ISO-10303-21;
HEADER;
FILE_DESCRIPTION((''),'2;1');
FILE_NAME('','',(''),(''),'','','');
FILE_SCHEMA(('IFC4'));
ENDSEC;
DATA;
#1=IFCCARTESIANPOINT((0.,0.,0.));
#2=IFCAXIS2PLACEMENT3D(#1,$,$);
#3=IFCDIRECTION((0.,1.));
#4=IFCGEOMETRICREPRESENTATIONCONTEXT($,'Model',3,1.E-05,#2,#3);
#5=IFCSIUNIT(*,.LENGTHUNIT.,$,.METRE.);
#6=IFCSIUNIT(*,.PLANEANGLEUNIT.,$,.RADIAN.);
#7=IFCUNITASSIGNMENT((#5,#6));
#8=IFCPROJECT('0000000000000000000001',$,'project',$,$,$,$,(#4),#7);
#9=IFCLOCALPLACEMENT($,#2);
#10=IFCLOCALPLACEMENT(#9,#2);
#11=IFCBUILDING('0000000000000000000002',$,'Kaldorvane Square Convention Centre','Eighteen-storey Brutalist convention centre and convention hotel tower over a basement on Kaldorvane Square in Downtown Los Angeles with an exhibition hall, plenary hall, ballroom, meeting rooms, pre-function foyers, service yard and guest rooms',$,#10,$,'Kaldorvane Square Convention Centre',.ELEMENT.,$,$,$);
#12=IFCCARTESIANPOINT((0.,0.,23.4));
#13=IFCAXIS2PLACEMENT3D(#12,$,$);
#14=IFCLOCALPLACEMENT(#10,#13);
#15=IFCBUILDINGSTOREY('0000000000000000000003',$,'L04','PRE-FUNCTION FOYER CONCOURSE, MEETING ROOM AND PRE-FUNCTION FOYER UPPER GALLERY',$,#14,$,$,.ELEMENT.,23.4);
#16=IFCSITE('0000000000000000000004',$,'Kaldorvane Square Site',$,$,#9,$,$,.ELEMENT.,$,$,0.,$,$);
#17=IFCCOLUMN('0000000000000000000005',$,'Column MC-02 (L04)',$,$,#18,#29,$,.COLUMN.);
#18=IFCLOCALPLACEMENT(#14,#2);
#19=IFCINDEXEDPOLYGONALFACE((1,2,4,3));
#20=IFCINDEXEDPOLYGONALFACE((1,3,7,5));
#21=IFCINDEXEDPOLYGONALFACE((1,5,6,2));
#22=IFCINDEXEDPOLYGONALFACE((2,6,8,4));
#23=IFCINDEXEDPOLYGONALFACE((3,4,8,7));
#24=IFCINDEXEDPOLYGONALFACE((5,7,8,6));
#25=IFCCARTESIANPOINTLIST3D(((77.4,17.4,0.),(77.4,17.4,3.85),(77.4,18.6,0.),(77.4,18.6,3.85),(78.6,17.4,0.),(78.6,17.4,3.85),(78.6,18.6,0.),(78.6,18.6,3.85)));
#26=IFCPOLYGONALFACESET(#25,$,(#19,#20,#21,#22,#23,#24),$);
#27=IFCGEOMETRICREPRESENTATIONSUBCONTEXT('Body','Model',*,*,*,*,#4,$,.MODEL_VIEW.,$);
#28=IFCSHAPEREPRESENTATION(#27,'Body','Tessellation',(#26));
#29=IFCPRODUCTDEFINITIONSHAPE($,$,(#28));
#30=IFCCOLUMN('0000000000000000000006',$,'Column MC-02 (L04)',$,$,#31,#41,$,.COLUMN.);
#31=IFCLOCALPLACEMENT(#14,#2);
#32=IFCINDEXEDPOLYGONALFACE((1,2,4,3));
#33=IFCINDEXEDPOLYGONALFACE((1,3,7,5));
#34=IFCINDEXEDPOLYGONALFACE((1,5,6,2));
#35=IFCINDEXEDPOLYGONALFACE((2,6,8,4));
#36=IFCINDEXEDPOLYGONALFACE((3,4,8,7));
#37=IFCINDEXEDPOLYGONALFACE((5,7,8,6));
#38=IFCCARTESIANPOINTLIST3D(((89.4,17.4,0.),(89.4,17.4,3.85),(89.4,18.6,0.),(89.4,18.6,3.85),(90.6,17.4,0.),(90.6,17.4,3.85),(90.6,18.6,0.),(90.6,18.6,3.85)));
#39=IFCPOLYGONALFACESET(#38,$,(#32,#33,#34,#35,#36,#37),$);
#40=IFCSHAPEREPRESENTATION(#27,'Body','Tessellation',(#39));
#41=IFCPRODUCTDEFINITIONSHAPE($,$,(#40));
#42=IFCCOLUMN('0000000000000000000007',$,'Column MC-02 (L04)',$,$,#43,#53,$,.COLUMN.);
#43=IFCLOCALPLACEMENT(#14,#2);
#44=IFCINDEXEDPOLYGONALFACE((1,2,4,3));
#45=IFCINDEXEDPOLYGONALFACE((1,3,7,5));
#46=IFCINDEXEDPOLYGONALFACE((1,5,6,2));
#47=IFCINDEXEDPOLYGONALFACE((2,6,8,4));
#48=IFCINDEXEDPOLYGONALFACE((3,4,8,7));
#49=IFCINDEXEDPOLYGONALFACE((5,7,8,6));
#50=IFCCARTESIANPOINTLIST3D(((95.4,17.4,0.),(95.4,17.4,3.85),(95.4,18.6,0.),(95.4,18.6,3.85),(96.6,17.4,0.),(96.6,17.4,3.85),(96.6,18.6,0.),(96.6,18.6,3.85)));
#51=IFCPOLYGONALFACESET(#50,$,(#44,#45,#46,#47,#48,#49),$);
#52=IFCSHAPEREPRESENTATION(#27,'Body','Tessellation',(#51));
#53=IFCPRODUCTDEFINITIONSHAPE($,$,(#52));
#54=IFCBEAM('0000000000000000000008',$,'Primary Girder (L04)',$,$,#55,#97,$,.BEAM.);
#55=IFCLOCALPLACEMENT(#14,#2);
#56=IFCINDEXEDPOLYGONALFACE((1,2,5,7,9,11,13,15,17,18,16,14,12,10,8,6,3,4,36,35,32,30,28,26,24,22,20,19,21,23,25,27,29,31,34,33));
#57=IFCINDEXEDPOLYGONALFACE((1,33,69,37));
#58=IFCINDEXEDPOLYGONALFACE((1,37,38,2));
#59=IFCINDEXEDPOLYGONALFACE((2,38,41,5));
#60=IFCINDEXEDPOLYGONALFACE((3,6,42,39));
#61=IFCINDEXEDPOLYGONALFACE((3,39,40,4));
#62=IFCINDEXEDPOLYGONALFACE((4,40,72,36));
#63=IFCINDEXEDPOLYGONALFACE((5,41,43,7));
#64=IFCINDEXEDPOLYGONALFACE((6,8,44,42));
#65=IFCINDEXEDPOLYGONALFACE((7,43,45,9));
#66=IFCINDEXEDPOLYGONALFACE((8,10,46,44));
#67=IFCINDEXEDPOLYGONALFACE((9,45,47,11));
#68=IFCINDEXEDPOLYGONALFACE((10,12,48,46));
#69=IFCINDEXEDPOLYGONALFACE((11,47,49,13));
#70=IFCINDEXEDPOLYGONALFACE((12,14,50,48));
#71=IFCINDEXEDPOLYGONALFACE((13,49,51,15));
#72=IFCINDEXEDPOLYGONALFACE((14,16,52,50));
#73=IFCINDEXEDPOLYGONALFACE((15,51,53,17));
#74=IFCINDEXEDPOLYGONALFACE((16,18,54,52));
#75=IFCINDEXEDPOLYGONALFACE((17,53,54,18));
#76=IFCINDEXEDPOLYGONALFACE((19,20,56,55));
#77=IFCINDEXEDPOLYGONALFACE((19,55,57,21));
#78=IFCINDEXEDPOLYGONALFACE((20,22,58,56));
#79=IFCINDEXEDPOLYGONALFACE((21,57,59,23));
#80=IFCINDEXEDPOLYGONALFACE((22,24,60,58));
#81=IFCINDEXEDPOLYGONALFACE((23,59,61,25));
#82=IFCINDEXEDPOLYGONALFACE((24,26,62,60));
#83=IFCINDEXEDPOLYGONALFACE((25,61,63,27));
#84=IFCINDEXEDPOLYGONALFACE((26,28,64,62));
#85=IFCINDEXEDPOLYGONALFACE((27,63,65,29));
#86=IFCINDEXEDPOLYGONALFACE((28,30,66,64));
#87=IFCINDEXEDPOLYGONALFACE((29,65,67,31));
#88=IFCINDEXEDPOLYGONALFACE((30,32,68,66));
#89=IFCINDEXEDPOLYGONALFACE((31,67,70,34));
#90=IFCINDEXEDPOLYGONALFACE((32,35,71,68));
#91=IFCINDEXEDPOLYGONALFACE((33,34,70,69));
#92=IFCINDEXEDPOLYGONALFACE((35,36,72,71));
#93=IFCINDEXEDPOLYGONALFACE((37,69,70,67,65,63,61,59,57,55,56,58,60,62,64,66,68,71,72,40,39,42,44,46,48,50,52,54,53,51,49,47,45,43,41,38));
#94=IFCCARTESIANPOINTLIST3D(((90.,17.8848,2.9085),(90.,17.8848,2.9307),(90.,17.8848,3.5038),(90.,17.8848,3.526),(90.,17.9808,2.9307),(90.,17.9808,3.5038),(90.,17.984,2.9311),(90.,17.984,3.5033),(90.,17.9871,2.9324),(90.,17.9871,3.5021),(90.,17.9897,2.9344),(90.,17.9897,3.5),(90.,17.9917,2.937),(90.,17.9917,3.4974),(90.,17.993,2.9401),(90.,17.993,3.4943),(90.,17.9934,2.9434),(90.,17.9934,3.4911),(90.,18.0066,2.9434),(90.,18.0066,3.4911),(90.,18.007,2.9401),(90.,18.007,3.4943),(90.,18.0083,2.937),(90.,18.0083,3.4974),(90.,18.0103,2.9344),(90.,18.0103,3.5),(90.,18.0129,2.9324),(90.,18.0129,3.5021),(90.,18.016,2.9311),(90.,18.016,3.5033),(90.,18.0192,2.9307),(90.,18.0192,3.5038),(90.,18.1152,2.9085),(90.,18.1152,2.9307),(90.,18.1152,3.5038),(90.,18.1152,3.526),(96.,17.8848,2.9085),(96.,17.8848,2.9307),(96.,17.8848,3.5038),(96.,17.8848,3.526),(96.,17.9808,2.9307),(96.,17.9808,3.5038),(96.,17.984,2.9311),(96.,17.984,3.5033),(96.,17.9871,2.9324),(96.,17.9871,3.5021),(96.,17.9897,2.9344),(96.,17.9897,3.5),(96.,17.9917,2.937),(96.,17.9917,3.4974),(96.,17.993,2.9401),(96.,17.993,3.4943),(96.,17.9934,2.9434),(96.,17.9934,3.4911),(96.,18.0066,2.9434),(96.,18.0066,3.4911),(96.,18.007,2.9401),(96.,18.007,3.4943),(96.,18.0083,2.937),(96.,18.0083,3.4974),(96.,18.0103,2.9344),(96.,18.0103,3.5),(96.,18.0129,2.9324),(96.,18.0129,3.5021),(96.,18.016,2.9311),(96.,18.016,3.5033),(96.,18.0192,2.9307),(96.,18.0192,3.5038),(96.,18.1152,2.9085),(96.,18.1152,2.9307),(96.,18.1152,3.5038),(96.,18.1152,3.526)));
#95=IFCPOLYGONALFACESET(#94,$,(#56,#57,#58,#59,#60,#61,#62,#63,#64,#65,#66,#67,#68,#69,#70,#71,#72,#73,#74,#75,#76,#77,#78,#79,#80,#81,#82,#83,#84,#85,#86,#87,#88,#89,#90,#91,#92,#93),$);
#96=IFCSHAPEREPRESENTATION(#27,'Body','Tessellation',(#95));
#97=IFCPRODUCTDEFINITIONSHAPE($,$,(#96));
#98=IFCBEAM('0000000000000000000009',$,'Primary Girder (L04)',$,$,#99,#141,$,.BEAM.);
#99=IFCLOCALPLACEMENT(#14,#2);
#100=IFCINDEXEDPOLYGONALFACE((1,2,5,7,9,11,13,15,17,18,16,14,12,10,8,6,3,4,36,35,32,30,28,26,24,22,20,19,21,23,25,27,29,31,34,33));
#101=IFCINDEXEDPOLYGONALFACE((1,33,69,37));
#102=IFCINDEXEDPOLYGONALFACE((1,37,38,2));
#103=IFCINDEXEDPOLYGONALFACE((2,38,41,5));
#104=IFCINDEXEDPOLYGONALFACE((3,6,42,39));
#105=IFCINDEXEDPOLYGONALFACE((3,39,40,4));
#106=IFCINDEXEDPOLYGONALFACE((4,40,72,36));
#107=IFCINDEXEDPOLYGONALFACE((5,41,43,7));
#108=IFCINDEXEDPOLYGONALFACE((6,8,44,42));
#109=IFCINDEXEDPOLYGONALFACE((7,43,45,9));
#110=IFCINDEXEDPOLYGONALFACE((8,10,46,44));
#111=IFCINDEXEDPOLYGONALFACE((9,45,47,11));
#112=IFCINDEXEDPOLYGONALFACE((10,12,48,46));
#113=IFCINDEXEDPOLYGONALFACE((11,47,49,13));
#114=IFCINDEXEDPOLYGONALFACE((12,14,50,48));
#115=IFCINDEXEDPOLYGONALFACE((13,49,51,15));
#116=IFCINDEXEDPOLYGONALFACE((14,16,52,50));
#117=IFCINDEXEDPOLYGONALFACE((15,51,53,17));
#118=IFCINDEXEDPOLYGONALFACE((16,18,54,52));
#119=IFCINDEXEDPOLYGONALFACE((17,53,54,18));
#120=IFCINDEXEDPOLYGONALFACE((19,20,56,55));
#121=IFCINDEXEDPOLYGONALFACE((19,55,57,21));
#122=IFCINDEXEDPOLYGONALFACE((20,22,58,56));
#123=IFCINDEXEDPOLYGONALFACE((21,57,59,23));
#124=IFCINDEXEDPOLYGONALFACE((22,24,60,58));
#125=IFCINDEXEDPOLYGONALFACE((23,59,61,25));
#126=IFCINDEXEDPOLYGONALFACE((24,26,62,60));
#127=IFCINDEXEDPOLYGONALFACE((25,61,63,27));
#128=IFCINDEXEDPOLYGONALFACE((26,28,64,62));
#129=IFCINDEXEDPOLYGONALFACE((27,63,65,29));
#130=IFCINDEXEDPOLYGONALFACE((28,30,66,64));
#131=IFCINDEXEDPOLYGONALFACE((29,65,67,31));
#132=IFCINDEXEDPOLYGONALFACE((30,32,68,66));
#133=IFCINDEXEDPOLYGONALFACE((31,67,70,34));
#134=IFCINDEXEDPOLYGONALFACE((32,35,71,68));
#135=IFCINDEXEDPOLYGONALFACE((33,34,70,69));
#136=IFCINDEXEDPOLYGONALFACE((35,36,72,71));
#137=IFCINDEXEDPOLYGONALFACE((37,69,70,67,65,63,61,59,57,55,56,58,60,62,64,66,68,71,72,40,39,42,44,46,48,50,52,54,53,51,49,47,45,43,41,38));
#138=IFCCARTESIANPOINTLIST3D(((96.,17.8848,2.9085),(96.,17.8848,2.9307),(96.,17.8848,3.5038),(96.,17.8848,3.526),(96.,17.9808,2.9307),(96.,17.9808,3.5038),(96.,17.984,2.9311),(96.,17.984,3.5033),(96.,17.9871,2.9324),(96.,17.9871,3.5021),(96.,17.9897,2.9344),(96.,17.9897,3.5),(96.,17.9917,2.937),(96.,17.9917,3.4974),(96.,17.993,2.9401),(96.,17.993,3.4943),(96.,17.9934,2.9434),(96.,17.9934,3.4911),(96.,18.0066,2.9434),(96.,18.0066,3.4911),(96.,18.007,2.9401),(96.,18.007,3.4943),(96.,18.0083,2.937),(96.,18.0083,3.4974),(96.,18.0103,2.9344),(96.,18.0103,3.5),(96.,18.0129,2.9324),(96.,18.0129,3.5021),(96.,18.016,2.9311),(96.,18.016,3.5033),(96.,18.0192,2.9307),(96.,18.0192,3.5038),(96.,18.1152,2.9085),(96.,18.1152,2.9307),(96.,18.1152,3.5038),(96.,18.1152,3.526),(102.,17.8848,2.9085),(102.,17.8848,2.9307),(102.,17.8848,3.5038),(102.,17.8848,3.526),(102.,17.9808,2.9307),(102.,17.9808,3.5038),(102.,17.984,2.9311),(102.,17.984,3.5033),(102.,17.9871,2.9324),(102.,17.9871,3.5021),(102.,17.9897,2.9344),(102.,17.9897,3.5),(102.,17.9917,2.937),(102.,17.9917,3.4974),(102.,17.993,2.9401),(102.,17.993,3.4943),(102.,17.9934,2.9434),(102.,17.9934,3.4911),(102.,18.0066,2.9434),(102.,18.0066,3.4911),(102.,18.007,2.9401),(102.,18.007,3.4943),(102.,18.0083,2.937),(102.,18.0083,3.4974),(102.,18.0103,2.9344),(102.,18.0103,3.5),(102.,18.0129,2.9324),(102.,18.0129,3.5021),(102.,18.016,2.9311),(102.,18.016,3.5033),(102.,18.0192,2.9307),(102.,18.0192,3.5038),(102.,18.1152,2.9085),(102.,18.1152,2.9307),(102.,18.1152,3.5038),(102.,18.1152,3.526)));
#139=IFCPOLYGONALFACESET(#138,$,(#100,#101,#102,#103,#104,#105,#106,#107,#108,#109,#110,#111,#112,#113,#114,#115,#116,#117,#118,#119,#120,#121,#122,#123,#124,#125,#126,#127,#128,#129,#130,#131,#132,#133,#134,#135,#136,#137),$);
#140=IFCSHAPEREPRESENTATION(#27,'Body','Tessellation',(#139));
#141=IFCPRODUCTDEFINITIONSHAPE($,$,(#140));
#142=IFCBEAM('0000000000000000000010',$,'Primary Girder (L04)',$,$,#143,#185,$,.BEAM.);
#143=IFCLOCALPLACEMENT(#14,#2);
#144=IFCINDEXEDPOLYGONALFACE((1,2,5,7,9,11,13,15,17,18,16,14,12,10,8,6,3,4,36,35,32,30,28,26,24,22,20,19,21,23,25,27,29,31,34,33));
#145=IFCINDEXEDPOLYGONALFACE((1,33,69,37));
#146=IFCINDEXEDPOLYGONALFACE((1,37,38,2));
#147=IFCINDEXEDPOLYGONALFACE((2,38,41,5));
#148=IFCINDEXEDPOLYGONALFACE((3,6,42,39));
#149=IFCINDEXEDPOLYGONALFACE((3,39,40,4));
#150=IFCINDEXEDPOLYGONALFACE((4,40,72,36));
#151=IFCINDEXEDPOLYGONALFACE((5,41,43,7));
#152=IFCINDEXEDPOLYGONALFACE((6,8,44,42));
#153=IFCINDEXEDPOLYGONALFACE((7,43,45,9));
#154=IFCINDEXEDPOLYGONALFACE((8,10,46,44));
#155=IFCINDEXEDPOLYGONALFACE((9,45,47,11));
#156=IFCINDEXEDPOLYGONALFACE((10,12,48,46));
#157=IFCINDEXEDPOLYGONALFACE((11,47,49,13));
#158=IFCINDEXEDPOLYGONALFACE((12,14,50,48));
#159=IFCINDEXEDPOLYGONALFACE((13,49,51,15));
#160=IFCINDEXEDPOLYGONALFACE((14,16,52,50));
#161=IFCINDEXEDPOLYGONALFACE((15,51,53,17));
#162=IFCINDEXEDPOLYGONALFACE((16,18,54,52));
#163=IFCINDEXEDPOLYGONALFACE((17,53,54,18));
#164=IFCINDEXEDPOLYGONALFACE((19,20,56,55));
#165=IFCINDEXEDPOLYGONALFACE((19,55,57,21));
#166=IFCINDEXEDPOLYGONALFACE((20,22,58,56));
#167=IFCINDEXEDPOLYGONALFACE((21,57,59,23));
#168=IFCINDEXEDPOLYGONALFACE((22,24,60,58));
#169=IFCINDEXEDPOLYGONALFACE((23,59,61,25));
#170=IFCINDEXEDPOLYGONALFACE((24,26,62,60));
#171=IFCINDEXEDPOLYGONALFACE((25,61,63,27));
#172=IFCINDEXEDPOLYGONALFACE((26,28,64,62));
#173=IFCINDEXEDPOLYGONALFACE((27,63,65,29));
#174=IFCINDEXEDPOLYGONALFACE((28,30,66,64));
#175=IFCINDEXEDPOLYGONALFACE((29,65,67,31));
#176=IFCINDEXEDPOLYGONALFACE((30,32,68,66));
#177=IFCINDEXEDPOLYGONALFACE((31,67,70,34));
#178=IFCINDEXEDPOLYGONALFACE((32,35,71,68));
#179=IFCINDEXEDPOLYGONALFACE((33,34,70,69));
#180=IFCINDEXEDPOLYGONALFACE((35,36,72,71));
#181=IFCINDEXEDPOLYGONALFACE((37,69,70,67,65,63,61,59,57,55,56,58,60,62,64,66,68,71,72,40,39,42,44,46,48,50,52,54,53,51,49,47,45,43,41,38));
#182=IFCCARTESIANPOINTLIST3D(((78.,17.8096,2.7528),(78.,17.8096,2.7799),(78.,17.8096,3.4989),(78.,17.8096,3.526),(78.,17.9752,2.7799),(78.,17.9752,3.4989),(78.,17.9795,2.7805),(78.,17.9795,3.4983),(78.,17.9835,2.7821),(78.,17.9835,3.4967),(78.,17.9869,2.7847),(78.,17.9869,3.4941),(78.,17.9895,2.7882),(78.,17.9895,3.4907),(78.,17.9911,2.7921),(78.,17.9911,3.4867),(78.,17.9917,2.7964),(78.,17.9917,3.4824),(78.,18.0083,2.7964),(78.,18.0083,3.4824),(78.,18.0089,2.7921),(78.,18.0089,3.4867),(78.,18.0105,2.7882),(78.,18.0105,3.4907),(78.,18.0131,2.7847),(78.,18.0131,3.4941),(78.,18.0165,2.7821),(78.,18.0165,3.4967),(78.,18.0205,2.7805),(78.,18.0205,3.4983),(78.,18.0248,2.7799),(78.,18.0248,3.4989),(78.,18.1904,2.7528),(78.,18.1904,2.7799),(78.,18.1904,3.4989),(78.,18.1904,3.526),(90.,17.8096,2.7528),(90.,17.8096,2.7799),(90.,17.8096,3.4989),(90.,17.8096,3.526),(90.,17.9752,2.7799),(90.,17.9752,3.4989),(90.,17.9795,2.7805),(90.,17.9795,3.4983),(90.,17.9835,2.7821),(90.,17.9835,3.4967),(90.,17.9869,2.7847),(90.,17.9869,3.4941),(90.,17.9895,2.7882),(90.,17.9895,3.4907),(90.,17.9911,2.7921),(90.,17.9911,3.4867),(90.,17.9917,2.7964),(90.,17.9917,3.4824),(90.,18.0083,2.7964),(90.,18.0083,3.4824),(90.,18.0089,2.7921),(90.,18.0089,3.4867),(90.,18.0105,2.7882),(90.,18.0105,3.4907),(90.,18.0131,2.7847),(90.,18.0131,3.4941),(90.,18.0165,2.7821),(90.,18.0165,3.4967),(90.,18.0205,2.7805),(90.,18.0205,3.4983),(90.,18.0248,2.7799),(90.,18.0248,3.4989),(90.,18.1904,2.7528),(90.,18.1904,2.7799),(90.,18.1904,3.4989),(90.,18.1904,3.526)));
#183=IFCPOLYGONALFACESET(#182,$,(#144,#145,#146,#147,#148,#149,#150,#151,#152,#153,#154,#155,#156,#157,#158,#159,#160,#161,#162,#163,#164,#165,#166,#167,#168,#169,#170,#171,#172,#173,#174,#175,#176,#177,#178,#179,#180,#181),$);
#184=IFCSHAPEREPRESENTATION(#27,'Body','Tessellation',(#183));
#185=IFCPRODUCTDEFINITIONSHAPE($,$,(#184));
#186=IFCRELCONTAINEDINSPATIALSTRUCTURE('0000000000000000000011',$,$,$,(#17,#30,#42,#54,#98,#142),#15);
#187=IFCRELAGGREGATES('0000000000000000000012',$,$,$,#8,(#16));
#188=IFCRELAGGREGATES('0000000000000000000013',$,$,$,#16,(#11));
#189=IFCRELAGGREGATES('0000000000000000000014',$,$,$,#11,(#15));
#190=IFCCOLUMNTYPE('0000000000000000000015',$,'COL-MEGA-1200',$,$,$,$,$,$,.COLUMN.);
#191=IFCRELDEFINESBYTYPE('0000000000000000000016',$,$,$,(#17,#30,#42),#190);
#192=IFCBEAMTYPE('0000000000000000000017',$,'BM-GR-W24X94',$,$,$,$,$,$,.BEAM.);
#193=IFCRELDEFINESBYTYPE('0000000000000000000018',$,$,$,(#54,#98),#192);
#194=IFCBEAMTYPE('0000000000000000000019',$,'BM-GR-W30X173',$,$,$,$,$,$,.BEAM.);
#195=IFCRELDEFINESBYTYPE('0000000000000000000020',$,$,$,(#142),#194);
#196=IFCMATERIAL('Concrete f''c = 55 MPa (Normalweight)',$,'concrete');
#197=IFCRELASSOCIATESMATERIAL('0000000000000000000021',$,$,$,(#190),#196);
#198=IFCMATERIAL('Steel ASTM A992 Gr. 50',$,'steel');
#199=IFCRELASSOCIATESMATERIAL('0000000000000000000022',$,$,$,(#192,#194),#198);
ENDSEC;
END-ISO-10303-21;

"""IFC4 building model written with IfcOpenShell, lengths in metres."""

from ifc_helpers import new_model, si_unit, direction, frame, origin, origin_2d, place, context, subcontext, project, spatial, rectangle, i_section, extrude, material, material_profile, profile_set, type_object, element, save


model = new_model("IFC4")

# Units and contexts
model_context = context("Model", 3, precision=1e-05, world=origin(), true_north=direction((0.0, 1.0)))
body_context = subcontext(model_context, "Body", "Model", "MODEL_VIEW")
ifc_project = project(units=[si_unit("LENGTHUNIT", "METRE"), si_unit("PLANEANGLEUNIT", "RADIAN")], contexts=[model_context])

# Site, building, storey
site_placement = place(None, origin())
site = spatial("IfcSite", under=ifc_project, at=site_placement, Name="Kaldorvane Square Site", CompositionType="ELEMENT", RefElevation=0.0)
building_placement = place(site_placement, origin())
building = spatial("IfcBuilding", under=site, at=building_placement, Name="Kaldorvane Square Convention Centre", Description="Eighteen-storey Brutalist convention centre and convention hotel tower over a basement on Kaldorvane Square in Downtown Los Angeles with an exhibition hall, plenary hall, ballroom, meeting rooms, pre-function foyers, service yard and guest rooms", LongName="Kaldorvane Square Convention Centre", CompositionType="ELEMENT")
storey_placement = place(building_placement, frame((0.0, 0.0, 23.4)))
storey = spatial("IfcBuildingStorey", under=building, at=storey_placement, Name="L04", Description="PRE-FUNCTION FOYER CONCOURSE, MEETING ROOM AND PRE-FUNCTION FOYER UPPER GALLERY", CompositionType="ELEMENT", Elevation=23.4)

# Columns
ifc_material_1 = material(Name="Concrete f'c = 55 MPa (Normalweight)", Category="concrete")
ifc_material_profile_1 = material_profile(ifc_material_1, rectangle(XDim=1.2, YDim=1.2, at=origin_2d()), Name="RC1200X1200")
ifc_profile_set_1 = profile_set([ifc_material_profile_1], Name="Concrete f'c = 55 MPa (Normalweight)")
column_type = type_object("IfcColumnType", Name="COL-MEGA-1200", PredefinedType="COLUMN", material=ifc_profile_set_1)
for number, where, z_axis, x_axis, name in (
    (1, (78.0, 18.0, 0.0), (0.0, 0.0, 1.0), (1.0, 0.0, 0.0), "Column MC-02 (L04)"),
    (2, (90.0, 18.0, 0.0), (0.0, 0.0, 1.0), (1.0, 0.0, 0.0), "Column MC-02 (L04)"),
    (3, (96.0, 18.0, 0.0), (0.0, 0.0, 1.0), (1.0, 0.0, 0.0), "Column MC-02 (L04)"),
):
    element("IfcColumn", number, at=place(storey_placement, frame(where, z_axis=z_axis, x_axis=x_axis)), inside=storey, type_object=column_type, Name=name, PredefinedType="COLUMN", context=body_context, shape_type="SweptSolid", body=[
        extrude(rectangle(XDim=1.2, YDim=1.2, at=origin_2d()), origin(), (0.0, 0.0, 1.0), 3.85),
    ])

# Beams
ifc_material_2 = material(Name="Steel ASTM A992 Gr. 50", Category="steel")
ifc_material_profile_2 = material_profile(ifc_material_2, i_section(OverallWidth=0.2303, OverallDepth=0.6175, WebThickness=0.0131, FlangeThickness=0.0222, FilletRadius=0.0127, at=origin_2d()), Name="W24X94")
ifc_profile_set_2 = profile_set([ifc_material_profile_2], Name="Steel ASTM A992 Gr. 50")
beam_type_1 = type_object("IfcBeamType", Name="BM-GR-W24X94", PredefinedType="BEAM", material=ifc_profile_set_2)
for number, where, z_axis, x_axis, name in (
    (4, (90.0, 18.0, 3.2172), (1.0, 0.0, 0.0), (0.0, 1.0, 0.0), "Primary Girder (L04)"),
    (5, (96.0, 18.0, 3.2172), (1.0, 0.0, 0.0), (0.0, 1.0, 0.0), "Primary Girder (L04)"),
):
    element("IfcBeam", number, at=place(storey_placement, frame(where, z_axis=z_axis, x_axis=x_axis)), inside=storey, type_object=beam_type_1, Name=name, PredefinedType="BEAM", context=body_context, shape_type="SweptSolid", body=[
        extrude(i_section(OverallWidth=0.2303, OverallDepth=0.6175, WebThickness=0.0131, FlangeThickness=0.0222, FilletRadius=0.0127, at=origin_2d()), origin(), (0.0, 0.0, 1.0), 6.0),
    ])
ifc_material_profile_3 = material_profile(ifc_material_2, i_section(OverallWidth=0.3807, OverallDepth=0.7732, WebThickness=0.0166, FlangeThickness=0.0271, FilletRadius=0.0165, at=origin_2d()), Name="W30X173")
ifc_profile_set_3 = profile_set([ifc_material_profile_3], Name="Steel ASTM A992 Gr. 50")
beam_type_2 = type_object("IfcBeamType", Name="BM-GR-W30X173", PredefinedType="BEAM", material=ifc_profile_set_3)
beam_placement = place(storey_placement, frame((78.0, 18.0, 3.1394), z_axis=(1.0, 0.0, 0.0), x_axis=(0.0, 1.0, 0.0)))
element("IfcBeam", 6, at=beam_placement, inside=storey, type_object=beam_type_2, Name="Primary Girder (L04)", PredefinedType="BEAM", context=body_context, shape_type="SweptSolid", body=[
    extrude(i_section(OverallWidth=0.3807, OverallDepth=0.7732, WebThickness=0.0166, FlangeThickness=0.0271, FilletRadius=0.0165, at=origin_2d()), origin(), (0.0, 0.0, 1.0), 12.0),
])

save(model, "model.ifc")
